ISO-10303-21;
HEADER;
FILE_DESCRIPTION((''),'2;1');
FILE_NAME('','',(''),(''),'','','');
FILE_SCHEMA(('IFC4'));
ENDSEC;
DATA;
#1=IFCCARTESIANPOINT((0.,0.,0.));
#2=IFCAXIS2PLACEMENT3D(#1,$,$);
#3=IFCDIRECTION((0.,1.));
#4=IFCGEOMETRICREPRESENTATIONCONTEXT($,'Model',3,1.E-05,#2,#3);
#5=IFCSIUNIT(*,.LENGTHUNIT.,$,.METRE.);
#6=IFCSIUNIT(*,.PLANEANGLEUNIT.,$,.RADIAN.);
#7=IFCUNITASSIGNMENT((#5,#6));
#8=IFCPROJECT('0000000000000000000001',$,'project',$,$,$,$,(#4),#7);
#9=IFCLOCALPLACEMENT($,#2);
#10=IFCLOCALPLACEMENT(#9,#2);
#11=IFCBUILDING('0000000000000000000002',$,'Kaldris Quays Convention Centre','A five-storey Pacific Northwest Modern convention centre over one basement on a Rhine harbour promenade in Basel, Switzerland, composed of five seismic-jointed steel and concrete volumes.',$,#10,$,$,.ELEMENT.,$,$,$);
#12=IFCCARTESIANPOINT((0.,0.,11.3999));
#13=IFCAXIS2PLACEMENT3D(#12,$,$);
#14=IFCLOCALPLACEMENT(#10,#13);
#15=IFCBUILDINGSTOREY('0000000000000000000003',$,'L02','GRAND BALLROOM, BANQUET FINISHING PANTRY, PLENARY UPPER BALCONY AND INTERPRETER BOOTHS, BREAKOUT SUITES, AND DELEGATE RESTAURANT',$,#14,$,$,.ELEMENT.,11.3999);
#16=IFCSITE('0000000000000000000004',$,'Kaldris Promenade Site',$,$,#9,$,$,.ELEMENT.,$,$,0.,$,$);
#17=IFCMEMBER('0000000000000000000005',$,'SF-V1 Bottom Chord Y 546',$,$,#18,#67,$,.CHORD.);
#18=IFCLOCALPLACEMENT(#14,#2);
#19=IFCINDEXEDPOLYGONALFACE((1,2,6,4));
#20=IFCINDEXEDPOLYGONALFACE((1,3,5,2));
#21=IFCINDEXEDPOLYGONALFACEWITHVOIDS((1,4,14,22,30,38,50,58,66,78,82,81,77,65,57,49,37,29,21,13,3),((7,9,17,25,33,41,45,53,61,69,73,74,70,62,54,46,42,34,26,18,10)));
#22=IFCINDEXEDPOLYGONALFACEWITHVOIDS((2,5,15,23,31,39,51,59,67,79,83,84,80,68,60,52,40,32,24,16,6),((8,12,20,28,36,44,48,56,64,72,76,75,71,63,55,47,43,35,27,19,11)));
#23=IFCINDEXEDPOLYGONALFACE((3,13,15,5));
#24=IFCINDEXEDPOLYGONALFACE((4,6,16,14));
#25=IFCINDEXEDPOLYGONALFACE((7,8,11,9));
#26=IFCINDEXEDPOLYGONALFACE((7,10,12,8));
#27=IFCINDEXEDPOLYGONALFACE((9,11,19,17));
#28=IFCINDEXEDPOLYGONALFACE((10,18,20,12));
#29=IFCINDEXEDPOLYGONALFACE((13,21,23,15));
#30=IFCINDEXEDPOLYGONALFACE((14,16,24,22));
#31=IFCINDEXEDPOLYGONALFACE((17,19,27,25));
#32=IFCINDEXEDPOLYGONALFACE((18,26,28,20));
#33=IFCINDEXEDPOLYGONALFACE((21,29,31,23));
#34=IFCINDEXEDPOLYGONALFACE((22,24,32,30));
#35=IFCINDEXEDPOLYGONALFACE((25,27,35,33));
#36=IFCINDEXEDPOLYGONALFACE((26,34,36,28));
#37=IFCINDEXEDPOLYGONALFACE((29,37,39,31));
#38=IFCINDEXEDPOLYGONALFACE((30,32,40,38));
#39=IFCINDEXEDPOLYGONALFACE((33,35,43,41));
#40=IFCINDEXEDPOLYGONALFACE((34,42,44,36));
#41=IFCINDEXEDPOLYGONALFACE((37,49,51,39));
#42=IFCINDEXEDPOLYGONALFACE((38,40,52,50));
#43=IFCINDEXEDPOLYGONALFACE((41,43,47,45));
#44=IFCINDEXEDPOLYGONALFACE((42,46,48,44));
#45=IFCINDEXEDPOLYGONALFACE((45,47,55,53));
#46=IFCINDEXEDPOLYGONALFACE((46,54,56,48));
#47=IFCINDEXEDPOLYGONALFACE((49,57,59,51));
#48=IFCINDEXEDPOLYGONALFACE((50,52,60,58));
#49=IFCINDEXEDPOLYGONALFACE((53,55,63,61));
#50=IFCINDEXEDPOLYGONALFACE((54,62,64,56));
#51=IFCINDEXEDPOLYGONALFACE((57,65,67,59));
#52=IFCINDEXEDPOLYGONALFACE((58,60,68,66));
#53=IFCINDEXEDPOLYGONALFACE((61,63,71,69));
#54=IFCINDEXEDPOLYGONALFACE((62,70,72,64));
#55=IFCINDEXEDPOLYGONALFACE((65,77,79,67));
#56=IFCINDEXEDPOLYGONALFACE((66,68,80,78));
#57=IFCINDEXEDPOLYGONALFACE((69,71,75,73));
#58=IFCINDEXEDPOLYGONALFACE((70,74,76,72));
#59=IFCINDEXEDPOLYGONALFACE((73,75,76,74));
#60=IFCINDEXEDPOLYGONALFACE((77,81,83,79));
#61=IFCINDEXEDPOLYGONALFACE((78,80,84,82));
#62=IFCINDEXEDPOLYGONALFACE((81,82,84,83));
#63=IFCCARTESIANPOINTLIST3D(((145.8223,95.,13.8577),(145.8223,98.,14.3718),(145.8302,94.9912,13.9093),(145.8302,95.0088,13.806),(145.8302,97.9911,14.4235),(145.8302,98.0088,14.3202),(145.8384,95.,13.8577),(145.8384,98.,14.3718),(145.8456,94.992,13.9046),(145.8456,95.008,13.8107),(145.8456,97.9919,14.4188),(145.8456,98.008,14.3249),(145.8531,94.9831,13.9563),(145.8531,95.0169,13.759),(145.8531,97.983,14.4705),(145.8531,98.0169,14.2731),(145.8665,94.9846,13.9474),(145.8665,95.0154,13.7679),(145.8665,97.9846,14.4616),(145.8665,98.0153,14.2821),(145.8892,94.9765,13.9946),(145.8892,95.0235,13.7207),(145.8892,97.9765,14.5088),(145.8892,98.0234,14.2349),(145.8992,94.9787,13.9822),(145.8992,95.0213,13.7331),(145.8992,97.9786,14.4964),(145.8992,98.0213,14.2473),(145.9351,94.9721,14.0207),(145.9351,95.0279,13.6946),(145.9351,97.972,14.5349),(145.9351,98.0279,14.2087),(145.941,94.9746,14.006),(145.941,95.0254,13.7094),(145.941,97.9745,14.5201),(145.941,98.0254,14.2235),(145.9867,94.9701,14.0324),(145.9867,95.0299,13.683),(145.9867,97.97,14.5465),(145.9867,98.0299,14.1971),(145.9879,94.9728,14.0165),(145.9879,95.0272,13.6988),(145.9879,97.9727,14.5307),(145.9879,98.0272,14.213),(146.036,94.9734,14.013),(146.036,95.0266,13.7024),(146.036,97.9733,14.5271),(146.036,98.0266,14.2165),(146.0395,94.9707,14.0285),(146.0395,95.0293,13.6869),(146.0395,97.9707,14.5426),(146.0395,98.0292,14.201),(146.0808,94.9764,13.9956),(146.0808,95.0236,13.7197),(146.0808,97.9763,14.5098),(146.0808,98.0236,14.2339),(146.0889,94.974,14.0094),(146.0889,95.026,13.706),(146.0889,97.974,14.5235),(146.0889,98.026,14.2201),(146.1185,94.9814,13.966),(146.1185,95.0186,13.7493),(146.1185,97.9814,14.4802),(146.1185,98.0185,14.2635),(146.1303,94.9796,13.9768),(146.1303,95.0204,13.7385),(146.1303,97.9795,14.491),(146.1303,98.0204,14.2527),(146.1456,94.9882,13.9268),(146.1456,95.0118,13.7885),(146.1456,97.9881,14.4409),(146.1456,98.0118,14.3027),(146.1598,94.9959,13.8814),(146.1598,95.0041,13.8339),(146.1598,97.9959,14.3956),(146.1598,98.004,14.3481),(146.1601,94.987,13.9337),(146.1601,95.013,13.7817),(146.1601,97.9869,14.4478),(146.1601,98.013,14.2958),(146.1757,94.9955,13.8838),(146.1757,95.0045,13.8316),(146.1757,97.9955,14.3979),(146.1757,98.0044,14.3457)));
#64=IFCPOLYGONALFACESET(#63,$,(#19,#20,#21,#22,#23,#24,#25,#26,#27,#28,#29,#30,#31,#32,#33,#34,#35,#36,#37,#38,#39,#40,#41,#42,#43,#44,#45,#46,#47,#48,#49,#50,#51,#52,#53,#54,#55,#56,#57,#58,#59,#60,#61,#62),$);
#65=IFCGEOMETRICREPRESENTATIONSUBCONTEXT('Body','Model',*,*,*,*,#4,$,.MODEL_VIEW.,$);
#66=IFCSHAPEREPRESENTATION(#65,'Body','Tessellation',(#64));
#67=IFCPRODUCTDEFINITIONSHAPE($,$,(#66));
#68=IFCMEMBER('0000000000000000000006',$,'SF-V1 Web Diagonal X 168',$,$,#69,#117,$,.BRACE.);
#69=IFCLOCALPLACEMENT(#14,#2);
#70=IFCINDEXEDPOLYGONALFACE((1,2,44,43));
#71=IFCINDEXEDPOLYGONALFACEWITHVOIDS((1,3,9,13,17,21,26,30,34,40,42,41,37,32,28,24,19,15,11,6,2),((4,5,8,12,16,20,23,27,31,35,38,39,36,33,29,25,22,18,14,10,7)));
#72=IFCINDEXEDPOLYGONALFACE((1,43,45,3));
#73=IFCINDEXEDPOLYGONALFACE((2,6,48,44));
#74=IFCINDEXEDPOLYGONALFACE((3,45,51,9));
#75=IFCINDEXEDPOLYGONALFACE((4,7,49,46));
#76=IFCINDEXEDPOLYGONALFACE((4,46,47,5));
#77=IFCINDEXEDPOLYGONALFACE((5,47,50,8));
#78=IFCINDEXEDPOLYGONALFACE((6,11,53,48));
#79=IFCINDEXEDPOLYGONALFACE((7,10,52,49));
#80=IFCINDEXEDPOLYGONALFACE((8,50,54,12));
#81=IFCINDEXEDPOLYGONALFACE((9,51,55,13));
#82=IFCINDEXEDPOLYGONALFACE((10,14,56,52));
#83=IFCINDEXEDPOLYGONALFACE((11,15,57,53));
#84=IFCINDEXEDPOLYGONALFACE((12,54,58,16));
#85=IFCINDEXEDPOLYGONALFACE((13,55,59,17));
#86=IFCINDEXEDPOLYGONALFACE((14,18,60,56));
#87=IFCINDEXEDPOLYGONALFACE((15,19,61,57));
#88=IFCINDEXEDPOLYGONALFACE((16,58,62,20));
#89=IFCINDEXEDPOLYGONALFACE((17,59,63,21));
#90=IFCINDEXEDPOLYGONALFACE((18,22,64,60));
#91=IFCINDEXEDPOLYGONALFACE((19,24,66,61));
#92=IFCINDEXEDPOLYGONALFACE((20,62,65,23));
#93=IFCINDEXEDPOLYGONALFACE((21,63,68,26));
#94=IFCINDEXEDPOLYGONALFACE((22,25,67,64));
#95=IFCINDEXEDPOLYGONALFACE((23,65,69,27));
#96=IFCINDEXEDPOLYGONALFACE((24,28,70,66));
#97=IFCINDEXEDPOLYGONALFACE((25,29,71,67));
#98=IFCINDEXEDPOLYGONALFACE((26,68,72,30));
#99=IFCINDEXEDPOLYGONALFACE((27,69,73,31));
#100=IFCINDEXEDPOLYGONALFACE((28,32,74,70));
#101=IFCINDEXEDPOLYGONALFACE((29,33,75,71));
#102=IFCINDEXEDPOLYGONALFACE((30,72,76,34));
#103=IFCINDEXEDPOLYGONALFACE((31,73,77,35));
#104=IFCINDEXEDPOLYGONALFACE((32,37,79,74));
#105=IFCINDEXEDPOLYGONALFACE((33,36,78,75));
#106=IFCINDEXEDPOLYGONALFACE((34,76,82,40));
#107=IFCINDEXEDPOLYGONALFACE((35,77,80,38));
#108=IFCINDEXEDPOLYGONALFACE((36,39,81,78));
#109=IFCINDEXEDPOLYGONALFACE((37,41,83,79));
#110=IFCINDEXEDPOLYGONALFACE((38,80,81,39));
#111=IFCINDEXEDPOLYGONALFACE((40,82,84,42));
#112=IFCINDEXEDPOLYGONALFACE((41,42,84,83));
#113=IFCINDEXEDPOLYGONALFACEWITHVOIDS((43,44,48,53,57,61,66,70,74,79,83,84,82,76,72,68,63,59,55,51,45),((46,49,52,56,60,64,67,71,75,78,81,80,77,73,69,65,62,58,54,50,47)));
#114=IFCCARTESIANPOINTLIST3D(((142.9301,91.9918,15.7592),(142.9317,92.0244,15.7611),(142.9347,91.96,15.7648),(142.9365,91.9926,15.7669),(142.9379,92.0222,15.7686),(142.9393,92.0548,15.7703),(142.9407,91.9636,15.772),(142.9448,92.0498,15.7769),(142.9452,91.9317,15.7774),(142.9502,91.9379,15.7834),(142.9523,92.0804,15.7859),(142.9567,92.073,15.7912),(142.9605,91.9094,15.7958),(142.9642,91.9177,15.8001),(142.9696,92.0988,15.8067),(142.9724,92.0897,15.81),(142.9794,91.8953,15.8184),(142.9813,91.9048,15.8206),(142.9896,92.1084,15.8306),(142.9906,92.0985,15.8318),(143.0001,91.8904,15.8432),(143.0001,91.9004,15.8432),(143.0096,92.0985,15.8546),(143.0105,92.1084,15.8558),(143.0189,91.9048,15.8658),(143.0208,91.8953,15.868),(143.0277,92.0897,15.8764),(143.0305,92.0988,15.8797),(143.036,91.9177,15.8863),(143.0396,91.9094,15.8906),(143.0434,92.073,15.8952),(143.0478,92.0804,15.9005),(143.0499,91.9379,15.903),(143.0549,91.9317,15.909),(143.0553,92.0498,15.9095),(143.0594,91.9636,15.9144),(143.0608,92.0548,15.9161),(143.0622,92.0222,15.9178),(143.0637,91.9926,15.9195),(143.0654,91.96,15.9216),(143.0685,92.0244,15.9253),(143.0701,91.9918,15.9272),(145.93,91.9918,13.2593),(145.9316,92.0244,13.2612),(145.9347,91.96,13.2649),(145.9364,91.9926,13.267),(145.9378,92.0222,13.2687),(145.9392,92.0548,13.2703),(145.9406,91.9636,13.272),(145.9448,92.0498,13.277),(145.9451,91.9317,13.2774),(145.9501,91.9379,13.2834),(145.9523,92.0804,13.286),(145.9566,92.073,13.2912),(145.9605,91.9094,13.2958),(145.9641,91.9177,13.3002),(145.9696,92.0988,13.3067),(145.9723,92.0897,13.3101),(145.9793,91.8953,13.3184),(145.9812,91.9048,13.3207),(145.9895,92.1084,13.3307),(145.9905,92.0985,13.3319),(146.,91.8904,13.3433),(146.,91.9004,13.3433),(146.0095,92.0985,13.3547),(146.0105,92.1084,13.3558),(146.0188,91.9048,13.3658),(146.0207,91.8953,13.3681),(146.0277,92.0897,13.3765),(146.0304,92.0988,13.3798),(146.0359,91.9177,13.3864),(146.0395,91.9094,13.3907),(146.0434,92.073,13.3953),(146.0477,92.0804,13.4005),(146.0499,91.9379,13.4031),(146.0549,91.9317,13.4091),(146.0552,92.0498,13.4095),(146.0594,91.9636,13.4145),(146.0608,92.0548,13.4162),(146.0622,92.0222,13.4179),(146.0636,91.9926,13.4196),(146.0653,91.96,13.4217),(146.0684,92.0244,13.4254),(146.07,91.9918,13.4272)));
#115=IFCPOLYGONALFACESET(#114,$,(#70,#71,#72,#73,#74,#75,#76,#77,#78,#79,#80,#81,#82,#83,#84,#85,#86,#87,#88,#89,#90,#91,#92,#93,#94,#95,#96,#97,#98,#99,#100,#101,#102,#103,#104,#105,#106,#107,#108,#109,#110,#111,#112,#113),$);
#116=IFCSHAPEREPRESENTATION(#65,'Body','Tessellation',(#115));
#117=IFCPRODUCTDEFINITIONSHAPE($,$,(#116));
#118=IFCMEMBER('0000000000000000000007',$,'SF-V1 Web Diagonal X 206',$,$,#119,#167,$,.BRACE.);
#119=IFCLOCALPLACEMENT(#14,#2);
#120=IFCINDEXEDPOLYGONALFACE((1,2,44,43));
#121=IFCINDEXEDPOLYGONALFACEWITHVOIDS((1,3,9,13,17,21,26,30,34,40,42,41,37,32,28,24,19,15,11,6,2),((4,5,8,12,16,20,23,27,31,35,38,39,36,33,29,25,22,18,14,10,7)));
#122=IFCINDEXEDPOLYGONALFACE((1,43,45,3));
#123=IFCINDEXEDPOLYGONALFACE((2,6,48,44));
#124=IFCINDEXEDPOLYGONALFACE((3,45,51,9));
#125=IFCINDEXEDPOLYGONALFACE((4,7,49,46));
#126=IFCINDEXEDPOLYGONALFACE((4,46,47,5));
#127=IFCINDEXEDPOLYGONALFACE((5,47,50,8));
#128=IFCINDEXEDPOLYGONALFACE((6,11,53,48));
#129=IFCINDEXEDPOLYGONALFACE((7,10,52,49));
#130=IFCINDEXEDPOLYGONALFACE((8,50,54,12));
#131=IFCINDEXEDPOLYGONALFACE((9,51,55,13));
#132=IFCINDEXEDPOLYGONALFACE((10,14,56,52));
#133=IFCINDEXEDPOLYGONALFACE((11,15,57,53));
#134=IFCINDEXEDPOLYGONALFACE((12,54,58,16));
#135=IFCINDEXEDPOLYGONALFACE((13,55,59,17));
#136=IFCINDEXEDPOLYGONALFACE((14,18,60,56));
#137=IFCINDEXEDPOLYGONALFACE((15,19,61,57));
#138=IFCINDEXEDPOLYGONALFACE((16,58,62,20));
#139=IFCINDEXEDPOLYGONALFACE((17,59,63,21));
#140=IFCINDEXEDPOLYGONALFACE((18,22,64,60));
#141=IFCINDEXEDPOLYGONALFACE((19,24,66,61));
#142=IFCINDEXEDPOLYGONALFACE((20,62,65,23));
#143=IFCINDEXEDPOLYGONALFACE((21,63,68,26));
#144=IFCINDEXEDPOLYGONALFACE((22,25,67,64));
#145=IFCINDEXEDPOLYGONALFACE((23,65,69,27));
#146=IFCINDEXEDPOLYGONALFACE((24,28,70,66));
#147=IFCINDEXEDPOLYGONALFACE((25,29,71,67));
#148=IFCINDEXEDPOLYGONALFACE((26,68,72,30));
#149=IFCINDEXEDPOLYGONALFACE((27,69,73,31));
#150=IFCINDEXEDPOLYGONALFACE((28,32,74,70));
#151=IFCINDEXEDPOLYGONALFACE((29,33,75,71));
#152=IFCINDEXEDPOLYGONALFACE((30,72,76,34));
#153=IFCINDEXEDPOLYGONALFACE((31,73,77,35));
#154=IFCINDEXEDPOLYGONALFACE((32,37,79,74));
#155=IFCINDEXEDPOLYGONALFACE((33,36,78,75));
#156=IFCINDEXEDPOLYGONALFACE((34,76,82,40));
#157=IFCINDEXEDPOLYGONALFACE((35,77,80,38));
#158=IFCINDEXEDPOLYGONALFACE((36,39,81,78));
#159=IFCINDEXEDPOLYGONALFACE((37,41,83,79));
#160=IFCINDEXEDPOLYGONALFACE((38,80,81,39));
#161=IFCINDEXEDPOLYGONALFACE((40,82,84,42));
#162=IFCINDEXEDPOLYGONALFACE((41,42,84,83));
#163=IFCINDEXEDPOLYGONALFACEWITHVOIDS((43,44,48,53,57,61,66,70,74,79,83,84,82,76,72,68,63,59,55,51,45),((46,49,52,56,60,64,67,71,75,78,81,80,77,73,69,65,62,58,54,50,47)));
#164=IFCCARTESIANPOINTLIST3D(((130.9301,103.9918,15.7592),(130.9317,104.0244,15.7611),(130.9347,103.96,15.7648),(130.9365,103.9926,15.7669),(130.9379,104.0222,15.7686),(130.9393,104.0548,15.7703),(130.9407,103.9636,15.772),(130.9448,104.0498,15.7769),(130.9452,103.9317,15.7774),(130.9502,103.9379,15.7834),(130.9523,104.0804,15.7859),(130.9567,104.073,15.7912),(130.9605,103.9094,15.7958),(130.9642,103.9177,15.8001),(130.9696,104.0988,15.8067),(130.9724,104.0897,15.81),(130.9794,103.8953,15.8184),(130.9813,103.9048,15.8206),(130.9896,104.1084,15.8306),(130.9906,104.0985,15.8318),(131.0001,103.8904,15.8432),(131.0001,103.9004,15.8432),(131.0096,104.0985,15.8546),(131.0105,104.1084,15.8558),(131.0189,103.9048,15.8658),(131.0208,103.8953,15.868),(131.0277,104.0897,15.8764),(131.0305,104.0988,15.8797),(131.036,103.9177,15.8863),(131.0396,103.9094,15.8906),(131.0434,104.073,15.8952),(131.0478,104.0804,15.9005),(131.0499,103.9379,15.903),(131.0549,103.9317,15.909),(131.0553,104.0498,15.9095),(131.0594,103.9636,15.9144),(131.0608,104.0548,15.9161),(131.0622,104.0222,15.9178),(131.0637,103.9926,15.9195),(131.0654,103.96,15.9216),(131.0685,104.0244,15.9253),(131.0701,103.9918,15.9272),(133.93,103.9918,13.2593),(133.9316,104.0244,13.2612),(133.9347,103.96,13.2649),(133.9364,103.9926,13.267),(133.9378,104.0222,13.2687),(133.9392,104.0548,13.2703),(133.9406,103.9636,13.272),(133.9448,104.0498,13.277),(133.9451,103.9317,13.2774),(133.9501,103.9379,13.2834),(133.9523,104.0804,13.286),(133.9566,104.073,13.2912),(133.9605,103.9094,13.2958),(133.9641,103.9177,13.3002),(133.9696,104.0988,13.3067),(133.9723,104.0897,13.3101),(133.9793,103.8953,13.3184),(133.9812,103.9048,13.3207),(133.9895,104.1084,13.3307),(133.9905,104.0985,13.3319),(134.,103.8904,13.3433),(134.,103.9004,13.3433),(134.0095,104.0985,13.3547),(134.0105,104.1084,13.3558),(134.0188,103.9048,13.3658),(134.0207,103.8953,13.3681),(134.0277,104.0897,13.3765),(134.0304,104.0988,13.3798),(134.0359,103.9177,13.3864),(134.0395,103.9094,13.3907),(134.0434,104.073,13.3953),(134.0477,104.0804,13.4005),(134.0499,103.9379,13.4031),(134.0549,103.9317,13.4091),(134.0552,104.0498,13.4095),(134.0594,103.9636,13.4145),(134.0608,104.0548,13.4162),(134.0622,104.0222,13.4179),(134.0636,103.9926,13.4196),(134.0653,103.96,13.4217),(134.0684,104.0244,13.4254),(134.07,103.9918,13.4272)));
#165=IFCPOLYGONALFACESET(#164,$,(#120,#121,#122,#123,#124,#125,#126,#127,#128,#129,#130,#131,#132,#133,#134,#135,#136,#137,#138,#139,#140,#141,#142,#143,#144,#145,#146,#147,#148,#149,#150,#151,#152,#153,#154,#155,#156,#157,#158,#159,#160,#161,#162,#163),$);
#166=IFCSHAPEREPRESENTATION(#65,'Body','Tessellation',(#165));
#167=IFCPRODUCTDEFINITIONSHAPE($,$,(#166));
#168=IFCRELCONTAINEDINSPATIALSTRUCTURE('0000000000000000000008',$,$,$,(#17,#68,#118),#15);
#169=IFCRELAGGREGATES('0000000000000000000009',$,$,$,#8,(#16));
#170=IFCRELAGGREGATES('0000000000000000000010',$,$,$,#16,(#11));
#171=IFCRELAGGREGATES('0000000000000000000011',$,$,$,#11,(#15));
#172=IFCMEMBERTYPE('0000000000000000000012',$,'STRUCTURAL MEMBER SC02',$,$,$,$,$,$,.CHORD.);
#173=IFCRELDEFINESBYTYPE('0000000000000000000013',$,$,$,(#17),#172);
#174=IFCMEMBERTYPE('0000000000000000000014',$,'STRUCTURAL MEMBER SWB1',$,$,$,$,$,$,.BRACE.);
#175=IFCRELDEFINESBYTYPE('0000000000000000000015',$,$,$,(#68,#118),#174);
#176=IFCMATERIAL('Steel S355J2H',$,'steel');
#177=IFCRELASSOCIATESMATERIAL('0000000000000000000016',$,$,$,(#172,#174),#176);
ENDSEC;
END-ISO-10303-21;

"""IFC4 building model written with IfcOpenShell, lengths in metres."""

from ifc_helpers import new_model, si_unit, direction, frame, origin, origin_2d, place, context, subcontext, project, spatial, hollow_circle, extrude, material, material_profile, profile_set, type_object, element, save


model = new_model("IFC4")

# Units and contexts
model_context = context("Model", 3, precision=1e-05, world=origin(), true_north=direction((0.0, 1.0)))
body_context = subcontext(model_context, "Body", "Model", "MODEL_VIEW")
ifc_project = project(units=[si_unit("LENGTHUNIT", "METRE"), si_unit("PLANEANGLEUNIT", "RADIAN")], contexts=[model_context])

# Site, building, storey
site_placement = place(None, origin())
site = spatial("IfcSite", under=ifc_project, at=site_placement, Name="Kaldris Promenade Site", CompositionType="ELEMENT", RefElevation=0.0)
building_placement = place(site_placement, origin())
building = spatial("IfcBuilding", under=site, at=building_placement, Name="Kaldris Quays Convention Centre", Description="A five-storey Pacific Northwest Modern convention centre over one basement on a Rhine harbour promenade in Basel, Switzerland, composed of five seismic-jointed steel and concrete volumes.", CompositionType="ELEMENT")
storey_placement = place(building_placement, frame((0.0, 0.0, 11.3999)))
storey = spatial("IfcBuildingStorey", under=building, at=storey_placement, Name="L02", Description="GRAND BALLROOM, BANQUET FINISHING PANTRY, PLENARY UPPER BALCONY AND INTERPRETER BOOTHS, BREAKOUT SUITES, AND DELEGATE RESTAURANT", CompositionType="ELEMENT", Elevation=11.3999)

# Members
ifc_material_1 = material(Name="Steel S355J2H", Category="steel")
ifc_material_profile_1 = material_profile(ifc_material_1, hollow_circle(Radius=0.1777, WallThickness=0.0161, at=origin_2d()), Name="CHS 355.6x16")
ifc_profile_set_1 = profile_set([ifc_material_profile_1], Name="Steel S355J2H")
member_type_1 = type_object("IfcMemberType", Name="STRUCTURAL MEMBER SC02", PredefinedType="CHORD", material=ifc_profile_set_1)
for number, where, z_axis, x_axis, name in (
    (1, (146.0, 95.0, 13.8577), (0.0, 0.985629, 0.168924), (-1.0, 0.0, 0.0), "SF-V1 Bottom Chord Y 546"),
):
    element("IfcMember", number, at=place(storey_placement, frame(where, z_axis=z_axis, x_axis=x_axis)), inside=storey, type_object=member_type_1, Name=name, PredefinedType="CHORD", context=body_context, shape_type="SweptSolid", body=[
        extrude(hollow_circle(Radius=0.1777, WallThickness=0.0161, at=origin_2d()), origin(), (0.0, 0.0, 1.0), 3.0437),
    ])
ifc_material_profile_2 = material_profile(ifc_material_1, hollow_circle(Radius=0.1096, WallThickness=0.01, at=origin_2d()), Name="CHS 219.1x10")
ifc_profile_set_2 = profile_set([ifc_material_profile_2], Name="Steel S355J2H")
member_type_2 = type_object("IfcMemberType", Name="STRUCTURAL MEMBER SWB1", PredefinedType="BRACE", material=ifc_profile_set_2)
for number, where, z_axis, x_axis, name in (
    (2, (146.0, 92.0, 13.3433), (-0.768221, 0.0, 0.640184), (0.0, -1.0, 0.0), "SF-V1 Web Diagonal X 168"),
    (3, (134.0, 104.0, 13.3433), (-0.768221, 0.0, 0.640184), (0.0, -1.0, 0.0), "SF-V1 Web Diagonal X 206"),
):
    element("IfcMember", number, at=place(storey_placement, frame(where, z_axis=z_axis, x_axis=x_axis)), inside=storey, type_object=member_type_2, Name=name, PredefinedType="BRACE", context=body_context, shape_type="SweptSolid", body=[
        extrude(hollow_circle(Radius=0.1096, WallThickness=0.01, at=origin_2d()), origin(), (0.0, 0.0, 1.0), 3.905),
    ])

save(model, "model.ifc")
